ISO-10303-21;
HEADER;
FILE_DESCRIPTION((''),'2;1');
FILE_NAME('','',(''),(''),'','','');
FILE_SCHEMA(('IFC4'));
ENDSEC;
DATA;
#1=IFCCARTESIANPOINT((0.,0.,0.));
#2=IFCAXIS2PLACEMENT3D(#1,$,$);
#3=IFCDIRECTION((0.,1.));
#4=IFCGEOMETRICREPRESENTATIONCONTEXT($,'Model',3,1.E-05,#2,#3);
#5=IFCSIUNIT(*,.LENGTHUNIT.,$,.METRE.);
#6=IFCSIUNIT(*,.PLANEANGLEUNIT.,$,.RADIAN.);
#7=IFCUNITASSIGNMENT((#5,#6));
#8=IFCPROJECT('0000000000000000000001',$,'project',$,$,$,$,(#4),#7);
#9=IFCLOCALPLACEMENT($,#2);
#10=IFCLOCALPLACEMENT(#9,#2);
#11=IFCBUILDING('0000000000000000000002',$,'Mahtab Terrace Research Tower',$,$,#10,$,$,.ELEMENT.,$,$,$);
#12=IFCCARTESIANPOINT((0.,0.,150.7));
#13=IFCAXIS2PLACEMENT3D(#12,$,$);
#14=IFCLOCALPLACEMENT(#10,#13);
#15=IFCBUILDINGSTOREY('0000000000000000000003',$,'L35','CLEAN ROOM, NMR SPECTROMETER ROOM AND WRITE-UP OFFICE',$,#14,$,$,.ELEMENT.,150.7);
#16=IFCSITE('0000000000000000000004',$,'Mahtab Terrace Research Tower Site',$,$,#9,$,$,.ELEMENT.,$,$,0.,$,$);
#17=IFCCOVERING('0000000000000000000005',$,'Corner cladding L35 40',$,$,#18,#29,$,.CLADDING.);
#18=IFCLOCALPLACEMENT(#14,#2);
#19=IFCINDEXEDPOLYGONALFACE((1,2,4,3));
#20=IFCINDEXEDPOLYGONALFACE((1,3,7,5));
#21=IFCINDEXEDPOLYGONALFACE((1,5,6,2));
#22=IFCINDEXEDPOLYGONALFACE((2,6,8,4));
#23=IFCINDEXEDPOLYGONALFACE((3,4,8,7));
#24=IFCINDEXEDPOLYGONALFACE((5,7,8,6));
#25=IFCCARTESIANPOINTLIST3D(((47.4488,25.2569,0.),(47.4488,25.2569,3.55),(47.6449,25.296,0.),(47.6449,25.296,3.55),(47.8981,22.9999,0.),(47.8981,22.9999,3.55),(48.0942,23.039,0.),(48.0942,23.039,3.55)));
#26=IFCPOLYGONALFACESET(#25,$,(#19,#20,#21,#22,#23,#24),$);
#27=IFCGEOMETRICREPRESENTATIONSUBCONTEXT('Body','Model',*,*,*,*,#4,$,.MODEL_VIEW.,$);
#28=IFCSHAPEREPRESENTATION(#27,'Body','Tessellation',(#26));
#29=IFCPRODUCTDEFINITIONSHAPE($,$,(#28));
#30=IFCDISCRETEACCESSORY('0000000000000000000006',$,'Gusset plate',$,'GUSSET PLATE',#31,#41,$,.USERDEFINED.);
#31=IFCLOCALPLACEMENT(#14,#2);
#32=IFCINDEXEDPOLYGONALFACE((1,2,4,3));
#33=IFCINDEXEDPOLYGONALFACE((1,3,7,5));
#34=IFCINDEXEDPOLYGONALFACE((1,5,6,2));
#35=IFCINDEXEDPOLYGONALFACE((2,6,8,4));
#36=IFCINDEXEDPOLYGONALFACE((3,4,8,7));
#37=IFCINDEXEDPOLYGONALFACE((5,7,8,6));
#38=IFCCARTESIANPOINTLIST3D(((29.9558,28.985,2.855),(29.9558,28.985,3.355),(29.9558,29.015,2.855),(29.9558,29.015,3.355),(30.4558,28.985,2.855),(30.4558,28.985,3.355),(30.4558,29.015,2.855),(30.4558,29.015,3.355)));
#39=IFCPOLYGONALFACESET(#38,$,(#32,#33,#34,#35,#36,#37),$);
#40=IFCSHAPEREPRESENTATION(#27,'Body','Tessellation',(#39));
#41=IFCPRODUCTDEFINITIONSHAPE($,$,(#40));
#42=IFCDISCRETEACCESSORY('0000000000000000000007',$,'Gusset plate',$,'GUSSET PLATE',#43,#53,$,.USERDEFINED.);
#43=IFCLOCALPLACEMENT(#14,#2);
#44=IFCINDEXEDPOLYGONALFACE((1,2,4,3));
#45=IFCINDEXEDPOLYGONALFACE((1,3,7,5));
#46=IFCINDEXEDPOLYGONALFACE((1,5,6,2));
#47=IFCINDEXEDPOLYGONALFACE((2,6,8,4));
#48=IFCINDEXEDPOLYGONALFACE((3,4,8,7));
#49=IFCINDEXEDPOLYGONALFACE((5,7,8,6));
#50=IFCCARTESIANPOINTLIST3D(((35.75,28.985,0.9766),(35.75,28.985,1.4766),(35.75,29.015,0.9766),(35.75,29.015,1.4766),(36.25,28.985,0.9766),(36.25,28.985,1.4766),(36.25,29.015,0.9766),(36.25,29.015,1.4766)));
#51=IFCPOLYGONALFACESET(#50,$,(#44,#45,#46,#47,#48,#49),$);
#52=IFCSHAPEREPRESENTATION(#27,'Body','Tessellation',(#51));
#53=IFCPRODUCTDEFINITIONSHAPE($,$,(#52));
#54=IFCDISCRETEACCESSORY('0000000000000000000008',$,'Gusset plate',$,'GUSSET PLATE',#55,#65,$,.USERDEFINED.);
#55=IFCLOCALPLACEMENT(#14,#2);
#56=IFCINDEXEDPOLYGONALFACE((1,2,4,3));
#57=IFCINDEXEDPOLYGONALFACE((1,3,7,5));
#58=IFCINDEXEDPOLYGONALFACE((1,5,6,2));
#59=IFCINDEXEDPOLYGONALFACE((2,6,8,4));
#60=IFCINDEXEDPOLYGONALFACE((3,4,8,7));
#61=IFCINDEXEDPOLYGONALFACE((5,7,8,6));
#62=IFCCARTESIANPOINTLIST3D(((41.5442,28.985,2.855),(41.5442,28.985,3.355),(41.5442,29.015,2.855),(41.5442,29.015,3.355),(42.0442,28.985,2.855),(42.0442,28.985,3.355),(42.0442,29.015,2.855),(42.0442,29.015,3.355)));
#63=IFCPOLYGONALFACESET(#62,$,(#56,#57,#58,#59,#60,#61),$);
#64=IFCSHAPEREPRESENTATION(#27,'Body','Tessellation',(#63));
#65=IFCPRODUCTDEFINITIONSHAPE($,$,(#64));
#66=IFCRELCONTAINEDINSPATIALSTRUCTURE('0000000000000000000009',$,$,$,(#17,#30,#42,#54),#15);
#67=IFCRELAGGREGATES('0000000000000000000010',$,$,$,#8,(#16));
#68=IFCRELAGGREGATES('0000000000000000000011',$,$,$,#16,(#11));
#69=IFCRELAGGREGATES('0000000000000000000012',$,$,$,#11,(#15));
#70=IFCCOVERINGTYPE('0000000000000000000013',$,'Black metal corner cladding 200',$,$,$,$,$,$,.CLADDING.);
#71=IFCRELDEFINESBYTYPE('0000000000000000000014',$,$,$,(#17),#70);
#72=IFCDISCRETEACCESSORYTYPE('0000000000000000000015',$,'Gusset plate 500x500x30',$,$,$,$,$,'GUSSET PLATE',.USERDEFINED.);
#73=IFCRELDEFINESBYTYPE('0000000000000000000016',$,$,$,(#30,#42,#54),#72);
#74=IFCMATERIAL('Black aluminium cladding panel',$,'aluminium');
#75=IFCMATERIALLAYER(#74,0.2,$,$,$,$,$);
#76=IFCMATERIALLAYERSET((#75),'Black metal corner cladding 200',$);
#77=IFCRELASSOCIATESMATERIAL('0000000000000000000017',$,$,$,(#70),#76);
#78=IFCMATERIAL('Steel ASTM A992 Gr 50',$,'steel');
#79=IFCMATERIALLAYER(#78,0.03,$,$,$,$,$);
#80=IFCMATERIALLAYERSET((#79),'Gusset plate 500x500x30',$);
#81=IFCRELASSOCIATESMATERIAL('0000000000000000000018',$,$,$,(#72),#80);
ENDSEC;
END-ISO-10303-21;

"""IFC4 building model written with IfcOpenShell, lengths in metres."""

from ifc_helpers import new_model, si_unit, direction, frame, origin, origin_2d, place, context, subcontext, project, spatial, rectangle, extrude, material, layer, layer_set, type_object, element, save


model = new_model("IFC4")

# Units and contexts
model_context = context("Model", 3, precision=1e-05, world=origin(), true_north=direction((0.0, 1.0)))
body_context = subcontext(model_context, "Body", "Model", "MODEL_VIEW")
ifc_project = project(units=[si_unit("LENGTHUNIT", "METRE"), si_unit("PLANEANGLEUNIT", "RADIAN")], contexts=[model_context])

# Site, building, storey
site_placement = place(None, origin())
site = spatial("IfcSite", under=ifc_project, at=site_placement, Name="Mahtab Terrace Research Tower Site", CompositionType="ELEMENT", RefElevation=0.0)
building_placement = place(site_placement, origin())
building = spatial("IfcBuilding", under=site, at=building_placement, Name="Mahtab Terrace Research Tower", CompositionType="ELEMENT")
storey_placement = place(building_placement, frame((0.0, 0.0, 150.7)))
storey = spatial("IfcBuildingStorey", under=building, at=storey_placement, Name="L35", Description="CLEAN ROOM, NMR SPECTROMETER ROOM AND WRITE-UP OFFICE", CompositionType="ELEMENT", Elevation=150.7)

# Shared definitions
ifc_material_1 = material(Name="Steel ASTM A992 Gr 50", Category="steel")

# Shared definitions
ifc_material_2 = material(Name="Black aluminium cladding panel", Category="aluminium")

# Covering
ifc_layer_1 = layer(ifc_material_2, 0.2)
ifc_layer_set_1 = layer_set([ifc_layer_1], Name="Black metal corner cladding 200")
covering_type = type_object("IfcCoveringType", Name="Black metal corner cladding 200", PredefinedType="CLADDING", material=ifc_layer_set_1)
covering_1_placement = place(storey_placement, frame((47.7715, 24.1479, 0.0), z_axis=(0.0, 0.0, 1.0), x_axis=(-0.195212, 0.980761, 0.0)))
element("IfcCovering", 1, at=covering_1_placement, inside=storey, type_object=covering_type, Name="Corner cladding L35 40", PredefinedType="CLADDING", context=body_context, shape_type="SweptSolid", body=[
    extrude(rectangle(XDim=2.3013, YDim=0.2, at=origin_2d()), origin(), (0.0, 0.0, 1.0), 3.55),
])

# Discrete accessories
ifc_layer_2 = layer(ifc_material_1, 0.03)
ifc_layer_set_2 = layer_set([ifc_layer_2], Name="Gusset plate 500x500x30")
discrete_accessory_type = type_object("IfcDiscreteAccessoryType", Name="Gusset plate 500x500x30", ElementType="GUSSET PLATE", PredefinedType="USERDEFINED", material=ifc_layer_set_2)
for number, where, z_axis, x_axis, name in (
    (2, (30.2058, 29.0, 2.855), (0.0, 0.0, 1.0), (1.0, 0.0, 0.0), "Gusset plate"),
    (3, (36.0, 29.0, 0.9766), (0.0, 0.0, 1.0), (1.0, 0.0, 0.0), "Gusset plate"),
    (4, (41.7942, 29.0, 2.855), (0.0, 0.0, 1.0), (1.0, 0.0, 0.0), "Gusset plate"),
):
    element("IfcDiscreteAccessory", number, at=place(storey_placement, frame(where, z_axis=z_axis, x_axis=x_axis)), inside=storey, type_object=discrete_accessory_type, Name=name, ObjectType="GUSSET PLATE", PredefinedType="USERDEFINED", context=body_context, shape_type="SweptSolid", body=[
        extrude(rectangle(XDim=0.5, YDim=0.03, at=origin_2d()), origin(), (0.0, 0.0, 1.0), 0.5),
    ])

save(model, "model.ifc")
